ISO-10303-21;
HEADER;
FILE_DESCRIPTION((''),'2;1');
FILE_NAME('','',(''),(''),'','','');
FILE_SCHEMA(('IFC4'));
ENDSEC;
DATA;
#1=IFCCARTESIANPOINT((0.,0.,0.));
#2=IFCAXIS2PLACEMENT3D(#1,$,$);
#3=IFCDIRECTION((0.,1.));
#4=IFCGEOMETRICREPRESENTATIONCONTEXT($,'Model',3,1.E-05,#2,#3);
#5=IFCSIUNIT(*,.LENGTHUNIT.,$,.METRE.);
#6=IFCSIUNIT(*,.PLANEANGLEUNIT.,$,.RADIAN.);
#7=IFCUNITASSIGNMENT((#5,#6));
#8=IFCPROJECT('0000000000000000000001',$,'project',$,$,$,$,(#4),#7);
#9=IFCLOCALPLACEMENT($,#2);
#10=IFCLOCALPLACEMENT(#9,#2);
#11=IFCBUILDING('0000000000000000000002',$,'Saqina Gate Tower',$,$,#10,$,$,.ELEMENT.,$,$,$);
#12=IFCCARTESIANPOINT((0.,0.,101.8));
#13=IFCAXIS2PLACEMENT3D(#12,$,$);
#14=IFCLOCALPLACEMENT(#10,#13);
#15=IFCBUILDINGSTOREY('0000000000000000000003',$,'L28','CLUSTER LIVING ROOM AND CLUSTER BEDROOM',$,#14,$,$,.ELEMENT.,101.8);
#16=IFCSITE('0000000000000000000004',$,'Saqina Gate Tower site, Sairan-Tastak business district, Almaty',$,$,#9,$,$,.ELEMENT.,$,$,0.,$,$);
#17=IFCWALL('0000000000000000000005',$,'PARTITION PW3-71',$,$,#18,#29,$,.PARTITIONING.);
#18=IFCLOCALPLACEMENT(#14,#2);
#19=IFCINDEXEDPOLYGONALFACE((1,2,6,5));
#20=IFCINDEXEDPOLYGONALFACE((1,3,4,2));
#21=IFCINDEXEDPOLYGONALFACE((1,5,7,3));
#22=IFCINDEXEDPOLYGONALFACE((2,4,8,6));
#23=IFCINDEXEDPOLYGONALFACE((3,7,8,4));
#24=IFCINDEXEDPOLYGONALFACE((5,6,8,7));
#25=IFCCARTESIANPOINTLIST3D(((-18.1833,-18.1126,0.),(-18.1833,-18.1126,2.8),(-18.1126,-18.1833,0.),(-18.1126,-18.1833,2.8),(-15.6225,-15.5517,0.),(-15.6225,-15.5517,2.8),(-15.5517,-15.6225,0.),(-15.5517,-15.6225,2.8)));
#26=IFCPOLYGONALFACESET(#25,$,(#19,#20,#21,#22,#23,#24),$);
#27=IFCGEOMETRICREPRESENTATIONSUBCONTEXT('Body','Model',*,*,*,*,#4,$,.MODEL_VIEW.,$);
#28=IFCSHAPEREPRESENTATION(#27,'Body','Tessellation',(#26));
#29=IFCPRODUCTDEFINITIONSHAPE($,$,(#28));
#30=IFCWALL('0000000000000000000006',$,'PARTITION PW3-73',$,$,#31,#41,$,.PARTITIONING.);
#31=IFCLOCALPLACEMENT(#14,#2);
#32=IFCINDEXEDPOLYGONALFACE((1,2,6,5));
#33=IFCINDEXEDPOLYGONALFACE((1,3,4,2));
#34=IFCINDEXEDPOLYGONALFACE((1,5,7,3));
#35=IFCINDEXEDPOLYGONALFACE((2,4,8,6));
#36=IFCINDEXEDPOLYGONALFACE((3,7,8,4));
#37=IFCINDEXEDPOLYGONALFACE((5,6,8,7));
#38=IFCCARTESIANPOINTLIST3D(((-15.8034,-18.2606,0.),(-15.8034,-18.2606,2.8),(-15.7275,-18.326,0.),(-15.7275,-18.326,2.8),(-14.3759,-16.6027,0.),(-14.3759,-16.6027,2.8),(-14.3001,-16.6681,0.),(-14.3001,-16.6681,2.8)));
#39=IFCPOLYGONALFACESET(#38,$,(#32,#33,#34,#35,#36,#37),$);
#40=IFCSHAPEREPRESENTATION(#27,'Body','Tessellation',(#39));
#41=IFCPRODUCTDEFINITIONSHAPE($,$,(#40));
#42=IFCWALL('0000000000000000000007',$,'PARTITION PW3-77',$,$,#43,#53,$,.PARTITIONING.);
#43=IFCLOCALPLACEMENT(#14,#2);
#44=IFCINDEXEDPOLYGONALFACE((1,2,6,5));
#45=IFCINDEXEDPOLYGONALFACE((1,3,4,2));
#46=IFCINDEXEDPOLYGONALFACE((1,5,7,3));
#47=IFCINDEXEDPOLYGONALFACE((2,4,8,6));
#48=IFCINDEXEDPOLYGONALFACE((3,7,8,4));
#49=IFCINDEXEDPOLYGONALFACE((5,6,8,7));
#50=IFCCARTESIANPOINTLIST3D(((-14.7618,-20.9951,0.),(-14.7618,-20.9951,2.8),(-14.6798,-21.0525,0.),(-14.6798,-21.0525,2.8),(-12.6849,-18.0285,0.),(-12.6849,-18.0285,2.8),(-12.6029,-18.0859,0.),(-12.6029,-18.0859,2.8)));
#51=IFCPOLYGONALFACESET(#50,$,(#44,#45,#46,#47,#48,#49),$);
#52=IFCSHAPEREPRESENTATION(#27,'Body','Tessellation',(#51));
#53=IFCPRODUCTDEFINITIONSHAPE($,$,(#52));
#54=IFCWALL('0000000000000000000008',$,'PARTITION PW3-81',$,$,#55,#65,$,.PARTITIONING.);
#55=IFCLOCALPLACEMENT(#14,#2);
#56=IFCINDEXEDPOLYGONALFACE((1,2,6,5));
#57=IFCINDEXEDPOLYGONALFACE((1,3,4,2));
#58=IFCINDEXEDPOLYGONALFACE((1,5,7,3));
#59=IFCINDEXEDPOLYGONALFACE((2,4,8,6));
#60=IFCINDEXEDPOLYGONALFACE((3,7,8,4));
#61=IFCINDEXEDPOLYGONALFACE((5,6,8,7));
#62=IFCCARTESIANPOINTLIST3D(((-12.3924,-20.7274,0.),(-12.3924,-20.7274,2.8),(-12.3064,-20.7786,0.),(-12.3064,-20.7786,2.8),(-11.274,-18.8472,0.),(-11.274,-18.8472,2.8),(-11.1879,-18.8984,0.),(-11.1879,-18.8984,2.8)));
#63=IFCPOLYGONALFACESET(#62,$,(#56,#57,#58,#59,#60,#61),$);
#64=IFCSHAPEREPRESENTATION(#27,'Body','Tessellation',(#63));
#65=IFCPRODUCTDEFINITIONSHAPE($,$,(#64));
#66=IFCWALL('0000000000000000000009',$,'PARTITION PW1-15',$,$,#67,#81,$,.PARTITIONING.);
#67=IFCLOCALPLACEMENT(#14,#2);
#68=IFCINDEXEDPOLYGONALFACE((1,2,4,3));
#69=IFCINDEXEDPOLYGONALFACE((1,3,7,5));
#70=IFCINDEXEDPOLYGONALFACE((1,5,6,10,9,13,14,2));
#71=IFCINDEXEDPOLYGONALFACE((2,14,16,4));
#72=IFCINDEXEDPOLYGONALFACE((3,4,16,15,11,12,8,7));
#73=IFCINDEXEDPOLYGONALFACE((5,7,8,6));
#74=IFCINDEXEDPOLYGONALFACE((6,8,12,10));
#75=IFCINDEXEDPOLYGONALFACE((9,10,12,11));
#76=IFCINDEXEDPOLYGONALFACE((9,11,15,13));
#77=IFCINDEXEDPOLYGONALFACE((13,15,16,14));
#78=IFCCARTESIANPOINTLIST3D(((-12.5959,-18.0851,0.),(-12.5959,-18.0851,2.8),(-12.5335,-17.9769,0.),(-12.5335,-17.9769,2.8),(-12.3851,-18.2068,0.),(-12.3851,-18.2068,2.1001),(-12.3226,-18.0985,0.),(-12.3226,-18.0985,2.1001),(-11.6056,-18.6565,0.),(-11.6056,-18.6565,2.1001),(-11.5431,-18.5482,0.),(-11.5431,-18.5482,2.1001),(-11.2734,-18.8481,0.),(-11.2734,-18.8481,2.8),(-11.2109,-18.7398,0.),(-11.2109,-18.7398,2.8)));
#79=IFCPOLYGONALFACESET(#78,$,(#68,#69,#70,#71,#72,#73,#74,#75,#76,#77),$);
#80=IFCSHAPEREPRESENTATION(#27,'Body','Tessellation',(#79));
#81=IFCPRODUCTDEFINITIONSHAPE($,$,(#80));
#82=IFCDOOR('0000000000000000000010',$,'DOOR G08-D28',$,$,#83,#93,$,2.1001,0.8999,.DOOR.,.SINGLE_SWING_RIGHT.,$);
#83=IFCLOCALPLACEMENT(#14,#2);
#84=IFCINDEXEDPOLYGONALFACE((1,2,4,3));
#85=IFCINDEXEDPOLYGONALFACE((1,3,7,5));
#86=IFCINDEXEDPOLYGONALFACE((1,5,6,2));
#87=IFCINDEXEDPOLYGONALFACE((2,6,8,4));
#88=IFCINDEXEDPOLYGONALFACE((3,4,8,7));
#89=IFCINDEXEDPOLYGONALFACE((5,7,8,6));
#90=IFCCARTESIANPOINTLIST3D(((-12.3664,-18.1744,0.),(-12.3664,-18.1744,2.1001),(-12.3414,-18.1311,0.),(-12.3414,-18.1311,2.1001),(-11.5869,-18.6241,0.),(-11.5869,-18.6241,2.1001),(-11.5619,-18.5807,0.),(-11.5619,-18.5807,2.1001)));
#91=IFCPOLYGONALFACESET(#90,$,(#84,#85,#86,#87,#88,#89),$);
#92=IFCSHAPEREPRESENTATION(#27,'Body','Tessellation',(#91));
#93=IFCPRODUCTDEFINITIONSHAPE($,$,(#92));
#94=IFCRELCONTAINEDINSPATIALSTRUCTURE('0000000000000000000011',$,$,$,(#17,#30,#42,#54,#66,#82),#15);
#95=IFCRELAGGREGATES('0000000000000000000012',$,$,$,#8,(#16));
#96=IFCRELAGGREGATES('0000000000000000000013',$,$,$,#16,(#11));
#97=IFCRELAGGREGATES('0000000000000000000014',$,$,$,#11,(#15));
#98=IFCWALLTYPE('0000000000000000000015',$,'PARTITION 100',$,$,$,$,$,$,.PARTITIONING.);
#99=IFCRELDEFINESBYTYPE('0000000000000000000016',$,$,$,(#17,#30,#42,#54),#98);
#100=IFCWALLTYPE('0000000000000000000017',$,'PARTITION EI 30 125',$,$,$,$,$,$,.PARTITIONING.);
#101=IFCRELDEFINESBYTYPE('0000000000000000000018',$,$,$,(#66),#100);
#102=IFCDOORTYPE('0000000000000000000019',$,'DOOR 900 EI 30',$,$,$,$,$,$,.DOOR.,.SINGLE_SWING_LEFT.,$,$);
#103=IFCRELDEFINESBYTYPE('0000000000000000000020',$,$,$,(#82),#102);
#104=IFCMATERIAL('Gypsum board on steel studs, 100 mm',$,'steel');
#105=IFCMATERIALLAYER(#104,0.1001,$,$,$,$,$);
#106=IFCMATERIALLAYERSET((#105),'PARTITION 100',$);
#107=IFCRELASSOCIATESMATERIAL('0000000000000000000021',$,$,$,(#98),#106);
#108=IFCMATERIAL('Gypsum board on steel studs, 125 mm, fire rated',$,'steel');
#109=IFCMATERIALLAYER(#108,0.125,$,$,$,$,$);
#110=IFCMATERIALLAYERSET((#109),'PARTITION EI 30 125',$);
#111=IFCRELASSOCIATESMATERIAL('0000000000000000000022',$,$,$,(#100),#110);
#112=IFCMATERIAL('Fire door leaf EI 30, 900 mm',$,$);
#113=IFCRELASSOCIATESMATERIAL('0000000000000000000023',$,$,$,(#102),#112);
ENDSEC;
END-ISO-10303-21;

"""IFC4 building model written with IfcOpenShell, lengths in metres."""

from ifc_helpers import new_model, si_unit, direction, frame, frame_2d, origin, place, context, subcontext, project, spatial, rectangle, extrude, material, layer, layer_set, type_object, element, fill, save


model = new_model("IFC4")

# Units and contexts
model_context = context("Model", 3, precision=1e-05, world=origin(), true_north=direction((0.0, 1.0)))
body_context = subcontext(model_context, "Body", "Model", "MODEL_VIEW")
ifc_project = project(units=[si_unit("LENGTHUNIT", "METRE"), si_unit("PLANEANGLEUNIT", "RADIAN")], contexts=[model_context])

# Site, building, storey
site_placement = place(None, origin())
site = spatial("IfcSite", under=ifc_project, at=site_placement, Name="Saqina Gate Tower site, Sairan-Tastak business district, Almaty", CompositionType="ELEMENT", RefElevation=0.0)
building_placement = place(site_placement, origin())
building = spatial("IfcBuilding", under=site, at=building_placement, Name="Saqina Gate Tower", CompositionType="ELEMENT")
storey_placement = place(building_placement, frame((0.0, 0.0, 101.8)))
storey = spatial("IfcBuildingStorey", under=building, at=storey_placement, Name="L28", Description="CLUSTER LIVING ROOM AND CLUSTER BEDROOM", CompositionType="ELEMENT", Elevation=101.8)

# Shared definitions
ifc_material_1 = material(Name="Gypsum board on steel studs, 100 mm", Category="steel")
ifc_layer_1 = layer(ifc_material_1, 0.1001)
ifc_layer_set_1 = layer_set([ifc_layer_1], Name="PARTITION 100")
wall_type_1 = type_object("IfcWallType", Name="PARTITION 100", PredefinedType="PARTITIONING", material=ifc_layer_set_1)

# Walls
wall_1_placement = place(storey_placement, frame((-18.1479, -18.1479, 0.0), z_axis=(0.0, 0.0, 1.0), x_axis=(0.707107, 0.707107, 0.0)))
element("IfcWall", 1, at=wall_1_placement, inside=storey, type_object=wall_type_1, Name="PARTITION PW3-71", PredefinedType="PARTITIONING", context=body_context, shape_type="SweptSolid", body=[
    extrude(rectangle(XDim=3.6216, YDim=0.1001, at=frame_2d((1.8108, 0.0))), origin(), (0.0, 0.0, 1.0), 2.8),
])
wall_2_placement = place(storey_placement, frame((-15.7654, -18.2932, 0.0), z_axis=(0.0, 0.0, 1.0), x_axis=(0.652472, 0.757813, 0.0)))
element("IfcWall", 2, at=wall_2_placement, inside=storey, type_object=wall_type_1, Name="PARTITION PW3-73", PredefinedType="PARTITIONING", context=body_context, shape_type="SweptSolid", body=[
    extrude(rectangle(XDim=2.1877, YDim=0.1001, at=frame_2d((1.0938, 0.0))), origin(), (0.0, 0.0, 1.0), 2.8),
])
wall_3_placement = place(storey_placement, frame((-14.7207, -21.0237, 0.0), z_axis=(0.0, 0.0, 1.0), x_axis=(0.573521, 0.819191, 0.0)))
element("IfcWall", 3, at=wall_3_placement, inside=storey, type_object=wall_type_1, Name="PARTITION PW3-77", PredefinedType="PARTITIONING", context=body_context, shape_type="SweptSolid", body=[
    extrude(rectangle(XDim=3.6213, YDim=0.1001, at=frame_2d((1.8105, 0.0))), origin(), (0.0, 0.0, 1.0), 2.8),
])
wall_4_placement = place(storey_placement, frame((-12.3494, -20.7529, 0.0), z_axis=(0.0, 0.0, 1.0), x_axis=(0.511243, 0.859436, 0.0)))
element("IfcWall", 4, at=wall_4_placement, inside=storey, type_object=wall_type_1, Name="PARTITION PW3-81", PredefinedType="PARTITIONING", context=body_context, shape_type="SweptSolid", body=[
    extrude(rectangle(XDim=2.1877, YDim=0.1001, at=frame_2d((1.0938, 0.0))), origin(), (0.0, 0.0, 1.0), 2.8),
])

# Wall, opening, door
ifc_material_2 = material(Name="Gypsum board on steel studs, 125 mm, fire rated", Category="steel")
ifc_layer_2 = layer(ifc_material_2, 0.125)
ifc_layer_set_2 = layer_set([ifc_layer_2], Name="PARTITION EI 30 125")
wall_type_2 = type_object("IfcWallType", Name="PARTITION EI 30 125", PredefinedType="PARTITIONING", material=ifc_layer_set_2)
wall_5_placement = place(storey_placement, frame((-12.5647, -18.031, 0.0), z_axis=(0.0, 0.0, 1.0), x_axis=(0.866199, -0.499699, 0.0)))
wall_5 = element("IfcWall", 5, at=wall_5_placement, inside=storey, type_object=wall_type_2, Name="PARTITION PW1-15", PredefinedType="PARTITIONING", context=body_context, shape_type="SweptSolid", body=[
    extrude(rectangle(XDim=1.5269, YDim=0.125, at=frame_2d((0.7634, 0.0))), origin(), (0.0, 0.0, 1.0), 2.8),
])
opening_1_placement = place(wall_5_placement, frame((0.2434, 0.0, 0.0)))
opening_1 = element("IfcOpeningElement", 6, at=opening_1_placement, cuts=wall_5, PredefinedType="OPENING", context=body_context, shape_type="SweptSolid", body=[
    extrude(rectangle(XDim=0.8999, YDim=2.1001, at=frame_2d((0.45, 1.05))), frame((0.0, 0.0745, 0.0), z_axis=(0.0, -1.0, 0.0), x_axis=(1.0, 0.0, 0.0)), (0.0, 0.0, 1.0), 0.1489),
])
ifc_material_3 = material(Name="Fire door leaf EI 30, 900 mm")
door_type_1 = type_object("IfcDoorType", Name="DOOR 900 EI 30", OperationType="SINGLE_SWING_LEFT", PredefinedType="DOOR", material=ifc_material_3)
door_1_placement = place(opening_1_placement, origin())
door_1 = element("IfcDoor", 7, at=door_1_placement, inside=storey, type_object=door_type_1, Name="DOOR G08-D28", OperationType="SINGLE_SWING_RIGHT", OverallHeight=2.1001, OverallWidth=0.8999, PredefinedType="DOOR", context=body_context, shape_type="SweptSolid", body=[
    extrude(rectangle(XDim=0.8999, YDim=2.1001, at=frame_2d((0.45, 1.05))), frame((0.0, 0.0249, 0.0), z_axis=(0.0, -1.0, 0.0), x_axis=(1.0, 0.0, 0.0)), (0.0, 0.0, 1.0), 0.05),
])
fill(opening_1, door_1)

save(model, "model.ifc")
